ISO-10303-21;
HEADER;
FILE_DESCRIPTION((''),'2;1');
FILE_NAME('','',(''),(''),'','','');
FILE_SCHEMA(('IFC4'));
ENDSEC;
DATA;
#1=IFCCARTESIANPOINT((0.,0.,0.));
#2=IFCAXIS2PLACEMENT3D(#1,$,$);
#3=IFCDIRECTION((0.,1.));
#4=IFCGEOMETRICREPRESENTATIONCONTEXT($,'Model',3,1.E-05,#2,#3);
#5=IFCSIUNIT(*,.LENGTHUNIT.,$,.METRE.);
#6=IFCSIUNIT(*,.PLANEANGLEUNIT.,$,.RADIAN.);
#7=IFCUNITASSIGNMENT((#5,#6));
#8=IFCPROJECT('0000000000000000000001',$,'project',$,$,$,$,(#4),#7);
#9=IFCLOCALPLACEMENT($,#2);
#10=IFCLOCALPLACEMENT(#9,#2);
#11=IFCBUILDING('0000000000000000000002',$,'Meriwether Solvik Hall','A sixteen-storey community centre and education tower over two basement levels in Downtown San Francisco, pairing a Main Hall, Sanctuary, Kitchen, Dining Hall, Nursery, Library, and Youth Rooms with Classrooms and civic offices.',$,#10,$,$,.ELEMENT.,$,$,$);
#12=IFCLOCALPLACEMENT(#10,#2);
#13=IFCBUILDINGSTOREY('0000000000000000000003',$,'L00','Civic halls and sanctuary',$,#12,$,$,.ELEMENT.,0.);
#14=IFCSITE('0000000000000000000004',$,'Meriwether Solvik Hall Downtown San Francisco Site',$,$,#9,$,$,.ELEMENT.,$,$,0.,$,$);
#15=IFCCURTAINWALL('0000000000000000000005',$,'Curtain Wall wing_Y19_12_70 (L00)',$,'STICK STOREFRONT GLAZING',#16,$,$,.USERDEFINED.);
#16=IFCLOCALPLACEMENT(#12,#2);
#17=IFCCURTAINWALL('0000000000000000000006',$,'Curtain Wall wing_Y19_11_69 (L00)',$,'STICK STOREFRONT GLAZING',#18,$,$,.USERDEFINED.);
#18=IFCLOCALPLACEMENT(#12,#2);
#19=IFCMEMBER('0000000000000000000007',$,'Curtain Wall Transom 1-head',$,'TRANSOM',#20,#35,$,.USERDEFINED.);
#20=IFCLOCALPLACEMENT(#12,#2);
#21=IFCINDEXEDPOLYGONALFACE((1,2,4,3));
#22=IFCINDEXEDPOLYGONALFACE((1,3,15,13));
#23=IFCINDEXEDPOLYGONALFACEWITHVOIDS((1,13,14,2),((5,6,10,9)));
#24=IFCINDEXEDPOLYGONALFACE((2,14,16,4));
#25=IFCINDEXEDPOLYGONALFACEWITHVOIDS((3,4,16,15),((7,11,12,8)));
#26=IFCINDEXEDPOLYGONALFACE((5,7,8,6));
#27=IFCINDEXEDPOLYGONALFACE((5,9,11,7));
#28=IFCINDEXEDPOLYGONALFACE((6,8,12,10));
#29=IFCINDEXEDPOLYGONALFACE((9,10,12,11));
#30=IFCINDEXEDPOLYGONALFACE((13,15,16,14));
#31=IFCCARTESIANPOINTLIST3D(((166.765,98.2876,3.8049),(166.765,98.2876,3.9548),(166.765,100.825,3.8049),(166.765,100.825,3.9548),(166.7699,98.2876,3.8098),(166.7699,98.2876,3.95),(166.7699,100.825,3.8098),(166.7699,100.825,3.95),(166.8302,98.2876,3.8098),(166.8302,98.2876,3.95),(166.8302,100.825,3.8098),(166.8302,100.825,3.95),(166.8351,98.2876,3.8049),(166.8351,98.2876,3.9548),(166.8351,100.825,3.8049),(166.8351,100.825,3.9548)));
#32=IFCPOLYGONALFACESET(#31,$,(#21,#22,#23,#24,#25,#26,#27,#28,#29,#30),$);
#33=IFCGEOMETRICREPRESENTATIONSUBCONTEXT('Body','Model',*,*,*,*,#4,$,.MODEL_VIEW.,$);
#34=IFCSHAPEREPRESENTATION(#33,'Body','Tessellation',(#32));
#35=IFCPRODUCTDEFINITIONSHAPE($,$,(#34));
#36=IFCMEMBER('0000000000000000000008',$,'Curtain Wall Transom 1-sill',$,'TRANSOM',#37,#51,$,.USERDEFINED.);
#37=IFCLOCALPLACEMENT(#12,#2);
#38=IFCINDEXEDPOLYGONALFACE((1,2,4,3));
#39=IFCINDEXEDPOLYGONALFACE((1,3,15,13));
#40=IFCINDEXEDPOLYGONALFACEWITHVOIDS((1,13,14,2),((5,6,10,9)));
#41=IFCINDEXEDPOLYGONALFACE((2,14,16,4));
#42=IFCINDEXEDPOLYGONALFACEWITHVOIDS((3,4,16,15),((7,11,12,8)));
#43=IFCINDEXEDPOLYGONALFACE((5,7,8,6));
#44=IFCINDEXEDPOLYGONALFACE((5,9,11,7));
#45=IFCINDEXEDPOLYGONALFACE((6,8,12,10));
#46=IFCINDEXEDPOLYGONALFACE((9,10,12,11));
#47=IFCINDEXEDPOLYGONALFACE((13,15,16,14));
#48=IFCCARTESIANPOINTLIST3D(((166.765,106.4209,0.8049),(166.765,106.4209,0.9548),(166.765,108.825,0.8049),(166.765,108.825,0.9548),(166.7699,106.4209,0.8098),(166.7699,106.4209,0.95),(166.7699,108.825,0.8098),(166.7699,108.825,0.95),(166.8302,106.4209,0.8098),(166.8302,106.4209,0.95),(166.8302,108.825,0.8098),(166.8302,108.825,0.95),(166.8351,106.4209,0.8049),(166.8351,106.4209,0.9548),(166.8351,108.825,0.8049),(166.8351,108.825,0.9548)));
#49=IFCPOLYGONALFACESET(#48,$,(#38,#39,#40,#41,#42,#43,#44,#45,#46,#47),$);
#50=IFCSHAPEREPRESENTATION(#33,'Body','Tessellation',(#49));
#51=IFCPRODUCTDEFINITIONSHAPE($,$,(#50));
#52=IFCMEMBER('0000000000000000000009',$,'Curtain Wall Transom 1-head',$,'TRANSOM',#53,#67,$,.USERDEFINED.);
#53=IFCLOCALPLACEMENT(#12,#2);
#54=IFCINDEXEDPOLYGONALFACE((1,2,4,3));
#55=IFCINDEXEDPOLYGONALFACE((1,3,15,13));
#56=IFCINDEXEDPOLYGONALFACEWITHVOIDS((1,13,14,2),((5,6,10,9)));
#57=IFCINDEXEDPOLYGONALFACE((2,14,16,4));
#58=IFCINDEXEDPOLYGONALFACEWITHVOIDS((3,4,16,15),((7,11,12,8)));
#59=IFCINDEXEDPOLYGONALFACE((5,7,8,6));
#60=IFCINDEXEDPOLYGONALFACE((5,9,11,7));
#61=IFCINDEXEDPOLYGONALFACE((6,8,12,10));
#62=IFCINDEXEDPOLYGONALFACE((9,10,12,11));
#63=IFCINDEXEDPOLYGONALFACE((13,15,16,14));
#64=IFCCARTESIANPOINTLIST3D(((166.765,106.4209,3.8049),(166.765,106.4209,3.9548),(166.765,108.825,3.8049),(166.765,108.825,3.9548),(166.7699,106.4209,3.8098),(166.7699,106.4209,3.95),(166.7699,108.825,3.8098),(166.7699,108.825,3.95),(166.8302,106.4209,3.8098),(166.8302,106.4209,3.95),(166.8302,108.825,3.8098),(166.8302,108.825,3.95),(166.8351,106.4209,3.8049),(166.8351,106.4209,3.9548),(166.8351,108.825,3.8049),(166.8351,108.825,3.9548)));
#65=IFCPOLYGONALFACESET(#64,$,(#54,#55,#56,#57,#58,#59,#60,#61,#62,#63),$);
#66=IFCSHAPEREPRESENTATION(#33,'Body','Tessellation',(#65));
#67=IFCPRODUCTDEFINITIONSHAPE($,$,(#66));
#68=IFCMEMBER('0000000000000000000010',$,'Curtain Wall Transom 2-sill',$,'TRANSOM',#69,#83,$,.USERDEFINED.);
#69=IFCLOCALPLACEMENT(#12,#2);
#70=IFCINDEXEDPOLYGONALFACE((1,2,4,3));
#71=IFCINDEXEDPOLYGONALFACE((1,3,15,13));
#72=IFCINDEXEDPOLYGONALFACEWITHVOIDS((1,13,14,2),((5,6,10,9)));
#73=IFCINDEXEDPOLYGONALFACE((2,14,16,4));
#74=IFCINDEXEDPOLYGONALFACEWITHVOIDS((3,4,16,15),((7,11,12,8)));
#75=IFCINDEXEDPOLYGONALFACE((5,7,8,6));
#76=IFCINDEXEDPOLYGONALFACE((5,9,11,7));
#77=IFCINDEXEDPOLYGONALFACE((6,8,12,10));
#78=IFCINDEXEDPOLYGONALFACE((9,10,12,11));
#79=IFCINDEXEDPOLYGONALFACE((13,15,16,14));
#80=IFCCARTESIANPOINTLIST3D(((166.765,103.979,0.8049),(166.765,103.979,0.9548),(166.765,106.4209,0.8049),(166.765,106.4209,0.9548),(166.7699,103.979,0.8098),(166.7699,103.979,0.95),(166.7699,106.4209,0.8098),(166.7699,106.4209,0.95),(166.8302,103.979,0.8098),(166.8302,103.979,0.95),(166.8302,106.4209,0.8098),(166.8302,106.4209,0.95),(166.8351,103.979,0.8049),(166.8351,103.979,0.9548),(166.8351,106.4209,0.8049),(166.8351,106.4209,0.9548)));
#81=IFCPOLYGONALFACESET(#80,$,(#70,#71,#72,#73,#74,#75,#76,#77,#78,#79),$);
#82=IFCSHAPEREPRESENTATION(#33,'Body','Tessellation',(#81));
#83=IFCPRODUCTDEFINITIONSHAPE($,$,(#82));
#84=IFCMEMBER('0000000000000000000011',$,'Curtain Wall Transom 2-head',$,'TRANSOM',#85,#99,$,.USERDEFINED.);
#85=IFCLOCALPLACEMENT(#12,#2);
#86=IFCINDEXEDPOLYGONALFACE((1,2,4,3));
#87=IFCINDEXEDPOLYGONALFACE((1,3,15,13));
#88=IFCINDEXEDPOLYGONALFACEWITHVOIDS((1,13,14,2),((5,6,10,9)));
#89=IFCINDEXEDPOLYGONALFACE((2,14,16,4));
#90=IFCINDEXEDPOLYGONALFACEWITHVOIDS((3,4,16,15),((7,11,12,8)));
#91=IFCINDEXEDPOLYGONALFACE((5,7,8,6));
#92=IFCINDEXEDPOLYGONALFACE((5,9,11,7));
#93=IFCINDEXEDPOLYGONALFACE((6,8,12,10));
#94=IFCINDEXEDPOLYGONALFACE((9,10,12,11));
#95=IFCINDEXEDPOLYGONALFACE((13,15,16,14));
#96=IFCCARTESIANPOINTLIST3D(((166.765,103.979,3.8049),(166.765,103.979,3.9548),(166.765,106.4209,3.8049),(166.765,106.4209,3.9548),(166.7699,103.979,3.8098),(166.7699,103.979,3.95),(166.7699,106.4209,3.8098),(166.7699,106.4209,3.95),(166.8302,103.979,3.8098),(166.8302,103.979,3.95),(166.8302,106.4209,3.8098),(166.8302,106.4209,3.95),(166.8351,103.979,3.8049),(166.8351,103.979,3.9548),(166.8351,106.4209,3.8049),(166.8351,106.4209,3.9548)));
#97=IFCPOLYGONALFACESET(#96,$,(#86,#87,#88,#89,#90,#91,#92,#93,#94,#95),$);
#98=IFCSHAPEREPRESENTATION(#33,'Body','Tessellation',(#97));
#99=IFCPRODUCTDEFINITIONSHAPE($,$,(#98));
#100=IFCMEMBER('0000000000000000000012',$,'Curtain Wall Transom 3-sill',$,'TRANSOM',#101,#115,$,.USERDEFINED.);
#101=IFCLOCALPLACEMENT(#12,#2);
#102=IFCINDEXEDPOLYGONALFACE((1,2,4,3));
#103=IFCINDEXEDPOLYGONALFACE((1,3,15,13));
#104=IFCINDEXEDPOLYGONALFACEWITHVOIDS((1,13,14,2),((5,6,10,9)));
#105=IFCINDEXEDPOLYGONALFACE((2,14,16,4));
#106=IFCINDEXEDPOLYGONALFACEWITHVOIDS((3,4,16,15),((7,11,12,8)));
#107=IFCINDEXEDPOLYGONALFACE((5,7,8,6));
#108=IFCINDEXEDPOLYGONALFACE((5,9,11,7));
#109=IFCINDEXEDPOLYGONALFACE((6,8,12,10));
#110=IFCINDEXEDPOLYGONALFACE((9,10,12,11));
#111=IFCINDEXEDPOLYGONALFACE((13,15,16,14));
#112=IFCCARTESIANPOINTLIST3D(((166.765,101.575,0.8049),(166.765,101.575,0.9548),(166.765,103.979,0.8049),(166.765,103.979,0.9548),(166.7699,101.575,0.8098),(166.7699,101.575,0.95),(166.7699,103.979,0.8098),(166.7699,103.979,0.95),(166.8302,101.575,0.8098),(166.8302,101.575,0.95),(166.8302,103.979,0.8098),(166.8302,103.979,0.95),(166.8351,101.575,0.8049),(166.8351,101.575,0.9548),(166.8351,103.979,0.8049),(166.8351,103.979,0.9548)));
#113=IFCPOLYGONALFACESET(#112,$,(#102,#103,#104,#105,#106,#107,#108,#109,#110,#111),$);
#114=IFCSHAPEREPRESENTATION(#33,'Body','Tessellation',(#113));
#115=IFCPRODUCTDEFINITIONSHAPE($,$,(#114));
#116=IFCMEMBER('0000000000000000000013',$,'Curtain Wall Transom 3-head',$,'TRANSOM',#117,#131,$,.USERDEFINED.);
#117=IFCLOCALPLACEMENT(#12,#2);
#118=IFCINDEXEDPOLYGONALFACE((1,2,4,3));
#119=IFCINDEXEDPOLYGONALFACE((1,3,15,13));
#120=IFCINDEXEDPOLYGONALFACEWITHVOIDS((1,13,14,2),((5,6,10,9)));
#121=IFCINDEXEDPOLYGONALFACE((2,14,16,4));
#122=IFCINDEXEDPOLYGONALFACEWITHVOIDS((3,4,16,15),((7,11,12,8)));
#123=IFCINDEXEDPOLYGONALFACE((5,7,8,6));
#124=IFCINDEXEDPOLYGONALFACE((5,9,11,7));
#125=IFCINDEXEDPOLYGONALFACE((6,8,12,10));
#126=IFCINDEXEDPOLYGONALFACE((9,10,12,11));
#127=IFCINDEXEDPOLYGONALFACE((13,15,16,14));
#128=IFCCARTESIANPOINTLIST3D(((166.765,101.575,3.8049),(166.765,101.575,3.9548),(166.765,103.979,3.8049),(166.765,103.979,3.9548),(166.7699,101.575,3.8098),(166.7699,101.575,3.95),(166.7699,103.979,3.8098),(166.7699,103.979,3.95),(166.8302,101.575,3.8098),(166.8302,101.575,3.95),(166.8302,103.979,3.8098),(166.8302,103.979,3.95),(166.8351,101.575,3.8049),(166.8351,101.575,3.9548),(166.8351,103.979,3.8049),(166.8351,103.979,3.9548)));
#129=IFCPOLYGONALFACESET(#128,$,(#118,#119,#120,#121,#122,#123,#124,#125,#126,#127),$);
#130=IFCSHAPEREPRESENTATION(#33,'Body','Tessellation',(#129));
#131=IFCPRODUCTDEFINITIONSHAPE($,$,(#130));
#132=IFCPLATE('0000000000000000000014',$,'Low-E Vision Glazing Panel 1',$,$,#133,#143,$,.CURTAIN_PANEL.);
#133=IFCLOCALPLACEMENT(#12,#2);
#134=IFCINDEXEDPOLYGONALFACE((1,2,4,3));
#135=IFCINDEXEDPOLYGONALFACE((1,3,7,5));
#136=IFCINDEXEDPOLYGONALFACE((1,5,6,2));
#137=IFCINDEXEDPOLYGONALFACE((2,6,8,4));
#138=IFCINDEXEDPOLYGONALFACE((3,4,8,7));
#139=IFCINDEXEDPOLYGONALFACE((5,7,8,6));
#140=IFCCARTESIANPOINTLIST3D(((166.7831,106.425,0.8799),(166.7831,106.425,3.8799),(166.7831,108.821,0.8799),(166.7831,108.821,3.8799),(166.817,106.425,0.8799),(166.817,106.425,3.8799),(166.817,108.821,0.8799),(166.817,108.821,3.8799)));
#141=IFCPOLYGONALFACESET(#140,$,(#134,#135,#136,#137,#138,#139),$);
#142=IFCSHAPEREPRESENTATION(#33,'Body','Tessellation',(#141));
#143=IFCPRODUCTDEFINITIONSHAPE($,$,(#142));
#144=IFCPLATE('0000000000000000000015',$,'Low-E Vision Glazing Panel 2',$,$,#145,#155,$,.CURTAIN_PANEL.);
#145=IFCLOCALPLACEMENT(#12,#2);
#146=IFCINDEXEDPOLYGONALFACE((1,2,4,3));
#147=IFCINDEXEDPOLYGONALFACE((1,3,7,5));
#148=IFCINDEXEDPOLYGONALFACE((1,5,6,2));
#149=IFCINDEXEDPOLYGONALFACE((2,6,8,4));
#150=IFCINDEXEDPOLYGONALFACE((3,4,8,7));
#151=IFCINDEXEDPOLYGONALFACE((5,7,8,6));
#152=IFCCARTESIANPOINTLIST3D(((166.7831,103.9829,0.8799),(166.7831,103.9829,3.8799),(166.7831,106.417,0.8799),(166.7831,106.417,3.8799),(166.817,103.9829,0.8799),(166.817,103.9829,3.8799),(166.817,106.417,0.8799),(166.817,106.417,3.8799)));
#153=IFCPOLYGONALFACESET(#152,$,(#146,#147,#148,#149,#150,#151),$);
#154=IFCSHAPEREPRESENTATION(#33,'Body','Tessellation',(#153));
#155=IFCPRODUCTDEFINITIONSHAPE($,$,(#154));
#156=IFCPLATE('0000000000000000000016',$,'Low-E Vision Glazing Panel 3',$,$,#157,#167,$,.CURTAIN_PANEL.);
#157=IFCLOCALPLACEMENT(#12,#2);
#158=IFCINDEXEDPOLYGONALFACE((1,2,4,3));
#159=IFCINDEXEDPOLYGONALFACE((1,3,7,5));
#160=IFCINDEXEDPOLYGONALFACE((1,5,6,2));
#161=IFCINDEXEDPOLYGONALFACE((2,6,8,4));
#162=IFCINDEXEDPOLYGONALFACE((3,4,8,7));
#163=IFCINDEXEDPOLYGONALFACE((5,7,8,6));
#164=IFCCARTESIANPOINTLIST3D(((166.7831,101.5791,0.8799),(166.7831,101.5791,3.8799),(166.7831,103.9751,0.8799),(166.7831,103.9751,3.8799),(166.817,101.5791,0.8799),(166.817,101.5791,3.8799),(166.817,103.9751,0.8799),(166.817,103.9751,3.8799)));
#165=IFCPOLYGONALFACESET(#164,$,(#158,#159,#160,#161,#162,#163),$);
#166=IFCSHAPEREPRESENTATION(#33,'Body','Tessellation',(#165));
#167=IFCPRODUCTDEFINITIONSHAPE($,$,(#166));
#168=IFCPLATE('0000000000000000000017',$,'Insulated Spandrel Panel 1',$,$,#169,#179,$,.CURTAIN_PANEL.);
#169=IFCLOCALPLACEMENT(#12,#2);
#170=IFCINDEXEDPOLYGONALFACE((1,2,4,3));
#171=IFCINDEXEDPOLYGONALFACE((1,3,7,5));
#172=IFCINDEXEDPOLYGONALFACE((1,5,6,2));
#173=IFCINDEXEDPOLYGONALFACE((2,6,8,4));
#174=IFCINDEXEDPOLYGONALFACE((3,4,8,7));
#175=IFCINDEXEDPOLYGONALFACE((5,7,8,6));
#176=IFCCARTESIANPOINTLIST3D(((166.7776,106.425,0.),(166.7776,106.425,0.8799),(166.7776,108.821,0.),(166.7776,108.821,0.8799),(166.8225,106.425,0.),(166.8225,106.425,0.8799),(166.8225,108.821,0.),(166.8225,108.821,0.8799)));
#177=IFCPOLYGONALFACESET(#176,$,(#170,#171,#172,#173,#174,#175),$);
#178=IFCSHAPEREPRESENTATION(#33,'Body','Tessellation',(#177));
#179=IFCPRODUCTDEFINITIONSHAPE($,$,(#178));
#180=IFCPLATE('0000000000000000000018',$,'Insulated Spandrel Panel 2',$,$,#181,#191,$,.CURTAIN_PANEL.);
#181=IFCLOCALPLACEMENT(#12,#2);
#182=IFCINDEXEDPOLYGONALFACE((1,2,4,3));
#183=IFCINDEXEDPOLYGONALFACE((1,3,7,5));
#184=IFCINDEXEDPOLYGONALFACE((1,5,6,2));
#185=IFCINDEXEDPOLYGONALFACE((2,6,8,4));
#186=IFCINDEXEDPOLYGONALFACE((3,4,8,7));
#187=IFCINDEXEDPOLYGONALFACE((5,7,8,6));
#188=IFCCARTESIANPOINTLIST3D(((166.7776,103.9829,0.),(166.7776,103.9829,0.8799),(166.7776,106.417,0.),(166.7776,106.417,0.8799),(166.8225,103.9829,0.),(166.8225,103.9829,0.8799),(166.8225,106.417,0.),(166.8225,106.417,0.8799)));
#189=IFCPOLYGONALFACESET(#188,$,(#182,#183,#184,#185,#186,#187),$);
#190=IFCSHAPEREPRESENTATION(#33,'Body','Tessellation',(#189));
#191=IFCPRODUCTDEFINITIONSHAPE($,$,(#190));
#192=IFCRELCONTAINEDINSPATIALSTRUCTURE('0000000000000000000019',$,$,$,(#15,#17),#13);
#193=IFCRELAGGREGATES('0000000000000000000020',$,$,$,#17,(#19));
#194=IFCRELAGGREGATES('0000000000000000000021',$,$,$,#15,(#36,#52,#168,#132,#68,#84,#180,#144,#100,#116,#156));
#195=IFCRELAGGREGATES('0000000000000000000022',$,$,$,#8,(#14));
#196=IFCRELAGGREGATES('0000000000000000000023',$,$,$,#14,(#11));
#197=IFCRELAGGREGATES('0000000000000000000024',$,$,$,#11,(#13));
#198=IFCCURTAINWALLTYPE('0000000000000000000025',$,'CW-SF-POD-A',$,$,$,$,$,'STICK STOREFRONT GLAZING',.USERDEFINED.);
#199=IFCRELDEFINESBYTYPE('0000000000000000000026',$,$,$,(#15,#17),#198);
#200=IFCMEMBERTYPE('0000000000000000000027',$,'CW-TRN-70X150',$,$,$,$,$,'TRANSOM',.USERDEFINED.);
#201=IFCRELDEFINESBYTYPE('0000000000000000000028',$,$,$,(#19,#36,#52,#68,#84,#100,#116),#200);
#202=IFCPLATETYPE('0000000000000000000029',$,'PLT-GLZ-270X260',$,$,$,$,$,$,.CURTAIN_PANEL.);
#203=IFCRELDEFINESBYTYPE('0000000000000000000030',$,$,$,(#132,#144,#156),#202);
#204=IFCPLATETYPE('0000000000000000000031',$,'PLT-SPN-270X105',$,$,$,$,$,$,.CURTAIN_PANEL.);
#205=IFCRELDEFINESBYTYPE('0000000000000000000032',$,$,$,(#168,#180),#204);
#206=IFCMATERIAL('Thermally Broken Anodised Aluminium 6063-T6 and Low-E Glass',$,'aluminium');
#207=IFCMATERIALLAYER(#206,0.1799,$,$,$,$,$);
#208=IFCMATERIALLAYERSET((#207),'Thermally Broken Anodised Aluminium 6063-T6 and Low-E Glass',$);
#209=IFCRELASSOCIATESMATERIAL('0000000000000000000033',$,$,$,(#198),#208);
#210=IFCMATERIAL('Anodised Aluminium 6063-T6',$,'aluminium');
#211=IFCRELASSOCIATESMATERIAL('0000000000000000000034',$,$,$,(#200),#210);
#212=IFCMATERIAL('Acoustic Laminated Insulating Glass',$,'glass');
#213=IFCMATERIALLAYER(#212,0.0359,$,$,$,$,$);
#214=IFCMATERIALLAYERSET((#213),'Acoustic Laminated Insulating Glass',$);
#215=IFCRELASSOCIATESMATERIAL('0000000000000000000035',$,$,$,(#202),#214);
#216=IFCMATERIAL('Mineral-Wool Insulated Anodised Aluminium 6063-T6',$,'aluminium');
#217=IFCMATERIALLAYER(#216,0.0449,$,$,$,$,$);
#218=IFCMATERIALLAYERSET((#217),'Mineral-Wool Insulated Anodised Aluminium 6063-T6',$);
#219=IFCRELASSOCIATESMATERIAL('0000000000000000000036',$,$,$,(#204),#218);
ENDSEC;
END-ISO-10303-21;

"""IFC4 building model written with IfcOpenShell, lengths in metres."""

from ifc_helpers import new_model, si_unit, direction, frame, origin, origin_2d, place, context, subcontext, project, spatial, rectangle, hollow_rectangle, extrude, material, layer, layer_set, material_profile, profile_set, type_object, element, aggregate, save


model = new_model("IFC4")

# Units and contexts
model_context = context("Model", 3, precision=1e-05, world=origin(), true_north=direction((0.0, 1.0)))
body_context = subcontext(model_context, "Body", "Model", "MODEL_VIEW")
ifc_project = project(units=[si_unit("LENGTHUNIT", "METRE"), si_unit("PLANEANGLEUNIT", "RADIAN")], contexts=[model_context])

# Site, building, storey
site_placement = place(None, origin())
site = spatial("IfcSite", under=ifc_project, at=site_placement, Name="Meriwether Solvik Hall Downtown San Francisco Site", CompositionType="ELEMENT", RefElevation=0.0)
building_placement = place(site_placement, origin())
building = spatial("IfcBuilding", under=site, at=building_placement, Name="Meriwether Solvik Hall", Description="A sixteen-storey community centre and education tower over two basement levels in Downtown San Francisco, pairing a Main Hall, Sanctuary, Kitchen, Dining Hall, Nursery, Library, and Youth Rooms with Classrooms and civic offices.", CompositionType="ELEMENT")
storey_placement = place(building_placement, origin())
storey = spatial("IfcBuildingStorey", under=building, at=storey_placement, Name="L00", Description="Civic halls and sanctuary", CompositionType="ELEMENT", Elevation=0.0)

# Curtain walls, member
ifc_material_1 = material(Name="Thermally Broken Anodised Aluminium 6063-T6 and Low-E Glass", Category="aluminium")
ifc_layer_1 = layer(ifc_material_1, 0.1799)
ifc_layer_set_1 = layer_set([ifc_layer_1], Name="Thermally Broken Anodised Aluminium 6063-T6 and Low-E Glass")
curtain_wall_type = type_object("IfcCurtainWallType", Name="CW-SF-POD-A", ElementType="STICK STOREFRONT GLAZING", PredefinedType="USERDEFINED", material=ifc_layer_set_1)
curtain_wall_1_placement = place(storey_placement, origin())
curtain_wall_1 = element("IfcCurtainWall", 1, at=curtain_wall_1_placement, inside=storey, type_object=curtain_wall_type, Name="Curtain Wall wing_Y19_12_70 (L00)", ObjectType="STICK STOREFRONT GLAZING", PredefinedType="USERDEFINED")
curtain_wall_2_placement = place(storey_placement, origin())
curtain_wall_2 = element("IfcCurtainWall", 2, at=curtain_wall_2_placement, inside=storey, type_object=curtain_wall_type, Name="Curtain Wall wing_Y19_11_69 (L00)", ObjectType="STICK STOREFRONT GLAZING", PredefinedType="USERDEFINED")
ifc_material_2 = material(Name="Anodised Aluminium 6063-T6", Category="aluminium")
ifc_material_profile_1 = material_profile(ifc_material_2, hollow_rectangle(XDim=0.0701, YDim=0.1499, WallThickness=0.0049, at=origin_2d()), Name="CWT-70X150")
ifc_profile_set_1 = profile_set([ifc_material_profile_1], Name="Anodised Aluminium 6063-T6")
member_type_1 = type_object("IfcMemberType", Name="CW-TRN-70X150", ElementType="TRANSOM", PredefinedType="USERDEFINED", material=ifc_profile_set_1)
member_1_placement = place(storey_placement, frame((166.8, 100.825, 3.8799), z_axis=(0.0, -1.0, 0.0), x_axis=(1.0, 0.0, 0.0)))
member_1 = element("IfcMember", 3, at=member_1_placement, type_object=member_type_1, Name="Curtain Wall Transom 1-head", ObjectType="TRANSOM", PredefinedType="USERDEFINED", context=body_context, shape_type="SweptSolid", body=[
    extrude(hollow_rectangle(XDim=0.0701, YDim=0.1499, WallThickness=0.0049, at=origin_2d()), origin(), (0.0, 0.0, 1.0), 2.5374),
])
aggregate(curtain_wall_2, [member_1])

# Members
member_2_placement = place(storey_placement, frame((166.8, 108.825, 0.8799), z_axis=(0.0, -1.0, 0.0), x_axis=(1.0, 0.0, 0.0)))
member_2 = element("IfcMember", 4, at=member_2_placement, type_object=member_type_1, Name="Curtain Wall Transom 1-sill", ObjectType="TRANSOM", PredefinedType="USERDEFINED", context=body_context, shape_type="SweptSolid", body=[
    extrude(hollow_rectangle(XDim=0.0701, YDim=0.1499, WallThickness=0.0049, at=origin_2d()), origin(), (0.0, 0.0, 1.0), 2.4041),
])
member_3_placement = place(storey_placement, frame((166.8, 108.825, 3.8799), z_axis=(0.0, -1.0, 0.0), x_axis=(1.0, 0.0, 0.0)))
member_3 = element("IfcMember", 5, at=member_3_placement, type_object=member_type_1, Name="Curtain Wall Transom 1-head", ObjectType="TRANSOM", PredefinedType="USERDEFINED", context=body_context, shape_type="SweptSolid", body=[
    extrude(hollow_rectangle(XDim=0.0701, YDim=0.1499, WallThickness=0.0049, at=origin_2d()), origin(), (0.0, 0.0, 1.0), 2.4041),
])
member_4_placement = place(storey_placement, frame((166.8, 106.4209, 0.8799), z_axis=(0.0, -1.0, 0.0), x_axis=(1.0, 0.0, 0.0)))
member_4 = element("IfcMember", 6, at=member_4_placement, type_object=member_type_1, Name="Curtain Wall Transom 2-sill", ObjectType="TRANSOM", PredefinedType="USERDEFINED", context=body_context, shape_type="SweptSolid", body=[
    extrude(hollow_rectangle(XDim=0.0701, YDim=0.1499, WallThickness=0.0049, at=origin_2d()), origin(), (0.0, 0.0, 1.0), 2.4419),
])
member_5_placement = place(storey_placement, frame((166.8, 106.4209, 3.8799), z_axis=(0.0, -1.0, 0.0), x_axis=(1.0, 0.0, 0.0)))
member_5 = element("IfcMember", 7, at=member_5_placement, type_object=member_type_1, Name="Curtain Wall Transom 2-head", ObjectType="TRANSOM", PredefinedType="USERDEFINED", context=body_context, shape_type="SweptSolid", body=[
    extrude(hollow_rectangle(XDim=0.0701, YDim=0.1499, WallThickness=0.0049, at=origin_2d()), origin(), (0.0, 0.0, 1.0), 2.4419),
])
member_6_placement = place(storey_placement, frame((166.8, 103.979, 0.8799), z_axis=(0.0, -1.0, 0.0), x_axis=(1.0, 0.0, 0.0)))
member_6 = element("IfcMember", 8, at=member_6_placement, type_object=member_type_1, Name="Curtain Wall Transom 3-sill", ObjectType="TRANSOM", PredefinedType="USERDEFINED", context=body_context, shape_type="SweptSolid", body=[
    extrude(hollow_rectangle(XDim=0.0701, YDim=0.1499, WallThickness=0.0049, at=origin_2d()), origin(), (0.0, 0.0, 1.0), 2.4041),
])
member_7_placement = place(storey_placement, frame((166.8, 103.979, 3.8799), z_axis=(0.0, -1.0, 0.0), x_axis=(1.0, 0.0, 0.0)))
member_7 = element("IfcMember", 9, at=member_7_placement, type_object=member_type_1, Name="Curtain Wall Transom 3-head", ObjectType="TRANSOM", PredefinedType="USERDEFINED", context=body_context, shape_type="SweptSolid", body=[
    extrude(hollow_rectangle(XDim=0.0701, YDim=0.1499, WallThickness=0.0049, at=origin_2d()), origin(), (0.0, 0.0, 1.0), 2.4041),
])

# Plates
ifc_material_3 = material(Name="Acoustic Laminated Insulating Glass", Category="glass")
ifc_layer_2 = layer(ifc_material_3, 0.0359)
ifc_layer_set_2 = layer_set([ifc_layer_2], Name="Acoustic Laminated Insulating Glass")
plate_type_1 = type_object("IfcPlateType", Name="PLT-GLZ-270X260", PredefinedType="CURTAIN_PANEL", material=ifc_layer_set_2)
plate_1_placement = place(storey_placement, frame((166.8, 107.623, 0.8799), z_axis=(0.0, 0.0, 1.0), x_axis=(0.0, -1.0, 0.0)))
plate_1 = element("IfcPlate", 10, at=plate_1_placement, type_object=plate_type_1, Name="Low-E Vision Glazing Panel 1", PredefinedType="CURTAIN_PANEL", context=body_context, shape_type="SweptSolid", body=[
    extrude(rectangle(XDim=2.396, YDim=0.0339, at=origin_2d()), origin(), (0.0, 0.0, 1.0), 3.0),
])
plate_2_placement = place(storey_placement, frame((166.8, 105.2, 0.8799), z_axis=(0.0, 0.0, 1.0), x_axis=(0.0, -1.0, 0.0)))
plate_2 = element("IfcPlate", 11, at=plate_2_placement, type_object=plate_type_1, Name="Low-E Vision Glazing Panel 2", PredefinedType="CURTAIN_PANEL", context=body_context, shape_type="SweptSolid", body=[
    extrude(rectangle(XDim=2.4341, YDim=0.0339, at=origin_2d()), origin(), (0.0, 0.0, 1.0), 3.0),
])
plate_3_placement = place(storey_placement, frame((166.8, 102.7771, 0.8799), z_axis=(0.0, 0.0, 1.0), x_axis=(0.0, -1.0, 0.0)))
plate_3 = element("IfcPlate", 12, at=plate_3_placement, type_object=plate_type_1, Name="Low-E Vision Glazing Panel 3", PredefinedType="CURTAIN_PANEL", context=body_context, shape_type="SweptSolid", body=[
    extrude(rectangle(XDim=2.396, YDim=0.0339, at=origin_2d()), origin(), (0.0, 0.0, 1.0), 3.0),
])
ifc_material_4 = material(Name="Mineral-Wool Insulated Anodised Aluminium 6063-T6", Category="aluminium")
ifc_layer_3 = layer(ifc_material_4, 0.0449)
ifc_layer_set_3 = layer_set([ifc_layer_3], Name="Mineral-Wool Insulated Anodised Aluminium 6063-T6")
plate_type_2 = type_object("IfcPlateType", Name="PLT-SPN-270X105", PredefinedType="CURTAIN_PANEL", material=ifc_layer_set_3)
plate_4_placement = place(storey_placement, frame((166.8, 107.623, 0.0), z_axis=(0.0, 0.0, 1.0), x_axis=(0.0, -1.0, 0.0)))
plate_4 = element("IfcPlate", 13, at=plate_4_placement, type_object=plate_type_2, Name="Insulated Spandrel Panel 1", PredefinedType="CURTAIN_PANEL", context=body_context, shape_type="SweptSolid", body=[
    extrude(rectangle(XDim=2.396, YDim=0.0449, at=origin_2d()), origin(), (0.0, 0.0, 1.0), 0.8799),
])
plate_5_placement = place(storey_placement, frame((166.8, 105.2, 0.0), z_axis=(0.0, 0.0, 1.0), x_axis=(0.0, -1.0, 0.0)))
plate_5 = element("IfcPlate", 14, at=plate_5_placement, type_object=plate_type_2, Name="Insulated Spandrel Panel 2", PredefinedType="CURTAIN_PANEL", context=body_context, shape_type="SweptSolid", body=[
    extrude(rectangle(XDim=2.4341, YDim=0.0449, at=origin_2d()), origin(), (0.0, 0.0, 1.0), 0.8799),
])
aggregate(curtain_wall_1, [member_2, member_3, plate_4, plate_1, member_4, member_5, plate_5, plate_2, member_6, member_7, plate_3])

save(model, "model.ifc")
